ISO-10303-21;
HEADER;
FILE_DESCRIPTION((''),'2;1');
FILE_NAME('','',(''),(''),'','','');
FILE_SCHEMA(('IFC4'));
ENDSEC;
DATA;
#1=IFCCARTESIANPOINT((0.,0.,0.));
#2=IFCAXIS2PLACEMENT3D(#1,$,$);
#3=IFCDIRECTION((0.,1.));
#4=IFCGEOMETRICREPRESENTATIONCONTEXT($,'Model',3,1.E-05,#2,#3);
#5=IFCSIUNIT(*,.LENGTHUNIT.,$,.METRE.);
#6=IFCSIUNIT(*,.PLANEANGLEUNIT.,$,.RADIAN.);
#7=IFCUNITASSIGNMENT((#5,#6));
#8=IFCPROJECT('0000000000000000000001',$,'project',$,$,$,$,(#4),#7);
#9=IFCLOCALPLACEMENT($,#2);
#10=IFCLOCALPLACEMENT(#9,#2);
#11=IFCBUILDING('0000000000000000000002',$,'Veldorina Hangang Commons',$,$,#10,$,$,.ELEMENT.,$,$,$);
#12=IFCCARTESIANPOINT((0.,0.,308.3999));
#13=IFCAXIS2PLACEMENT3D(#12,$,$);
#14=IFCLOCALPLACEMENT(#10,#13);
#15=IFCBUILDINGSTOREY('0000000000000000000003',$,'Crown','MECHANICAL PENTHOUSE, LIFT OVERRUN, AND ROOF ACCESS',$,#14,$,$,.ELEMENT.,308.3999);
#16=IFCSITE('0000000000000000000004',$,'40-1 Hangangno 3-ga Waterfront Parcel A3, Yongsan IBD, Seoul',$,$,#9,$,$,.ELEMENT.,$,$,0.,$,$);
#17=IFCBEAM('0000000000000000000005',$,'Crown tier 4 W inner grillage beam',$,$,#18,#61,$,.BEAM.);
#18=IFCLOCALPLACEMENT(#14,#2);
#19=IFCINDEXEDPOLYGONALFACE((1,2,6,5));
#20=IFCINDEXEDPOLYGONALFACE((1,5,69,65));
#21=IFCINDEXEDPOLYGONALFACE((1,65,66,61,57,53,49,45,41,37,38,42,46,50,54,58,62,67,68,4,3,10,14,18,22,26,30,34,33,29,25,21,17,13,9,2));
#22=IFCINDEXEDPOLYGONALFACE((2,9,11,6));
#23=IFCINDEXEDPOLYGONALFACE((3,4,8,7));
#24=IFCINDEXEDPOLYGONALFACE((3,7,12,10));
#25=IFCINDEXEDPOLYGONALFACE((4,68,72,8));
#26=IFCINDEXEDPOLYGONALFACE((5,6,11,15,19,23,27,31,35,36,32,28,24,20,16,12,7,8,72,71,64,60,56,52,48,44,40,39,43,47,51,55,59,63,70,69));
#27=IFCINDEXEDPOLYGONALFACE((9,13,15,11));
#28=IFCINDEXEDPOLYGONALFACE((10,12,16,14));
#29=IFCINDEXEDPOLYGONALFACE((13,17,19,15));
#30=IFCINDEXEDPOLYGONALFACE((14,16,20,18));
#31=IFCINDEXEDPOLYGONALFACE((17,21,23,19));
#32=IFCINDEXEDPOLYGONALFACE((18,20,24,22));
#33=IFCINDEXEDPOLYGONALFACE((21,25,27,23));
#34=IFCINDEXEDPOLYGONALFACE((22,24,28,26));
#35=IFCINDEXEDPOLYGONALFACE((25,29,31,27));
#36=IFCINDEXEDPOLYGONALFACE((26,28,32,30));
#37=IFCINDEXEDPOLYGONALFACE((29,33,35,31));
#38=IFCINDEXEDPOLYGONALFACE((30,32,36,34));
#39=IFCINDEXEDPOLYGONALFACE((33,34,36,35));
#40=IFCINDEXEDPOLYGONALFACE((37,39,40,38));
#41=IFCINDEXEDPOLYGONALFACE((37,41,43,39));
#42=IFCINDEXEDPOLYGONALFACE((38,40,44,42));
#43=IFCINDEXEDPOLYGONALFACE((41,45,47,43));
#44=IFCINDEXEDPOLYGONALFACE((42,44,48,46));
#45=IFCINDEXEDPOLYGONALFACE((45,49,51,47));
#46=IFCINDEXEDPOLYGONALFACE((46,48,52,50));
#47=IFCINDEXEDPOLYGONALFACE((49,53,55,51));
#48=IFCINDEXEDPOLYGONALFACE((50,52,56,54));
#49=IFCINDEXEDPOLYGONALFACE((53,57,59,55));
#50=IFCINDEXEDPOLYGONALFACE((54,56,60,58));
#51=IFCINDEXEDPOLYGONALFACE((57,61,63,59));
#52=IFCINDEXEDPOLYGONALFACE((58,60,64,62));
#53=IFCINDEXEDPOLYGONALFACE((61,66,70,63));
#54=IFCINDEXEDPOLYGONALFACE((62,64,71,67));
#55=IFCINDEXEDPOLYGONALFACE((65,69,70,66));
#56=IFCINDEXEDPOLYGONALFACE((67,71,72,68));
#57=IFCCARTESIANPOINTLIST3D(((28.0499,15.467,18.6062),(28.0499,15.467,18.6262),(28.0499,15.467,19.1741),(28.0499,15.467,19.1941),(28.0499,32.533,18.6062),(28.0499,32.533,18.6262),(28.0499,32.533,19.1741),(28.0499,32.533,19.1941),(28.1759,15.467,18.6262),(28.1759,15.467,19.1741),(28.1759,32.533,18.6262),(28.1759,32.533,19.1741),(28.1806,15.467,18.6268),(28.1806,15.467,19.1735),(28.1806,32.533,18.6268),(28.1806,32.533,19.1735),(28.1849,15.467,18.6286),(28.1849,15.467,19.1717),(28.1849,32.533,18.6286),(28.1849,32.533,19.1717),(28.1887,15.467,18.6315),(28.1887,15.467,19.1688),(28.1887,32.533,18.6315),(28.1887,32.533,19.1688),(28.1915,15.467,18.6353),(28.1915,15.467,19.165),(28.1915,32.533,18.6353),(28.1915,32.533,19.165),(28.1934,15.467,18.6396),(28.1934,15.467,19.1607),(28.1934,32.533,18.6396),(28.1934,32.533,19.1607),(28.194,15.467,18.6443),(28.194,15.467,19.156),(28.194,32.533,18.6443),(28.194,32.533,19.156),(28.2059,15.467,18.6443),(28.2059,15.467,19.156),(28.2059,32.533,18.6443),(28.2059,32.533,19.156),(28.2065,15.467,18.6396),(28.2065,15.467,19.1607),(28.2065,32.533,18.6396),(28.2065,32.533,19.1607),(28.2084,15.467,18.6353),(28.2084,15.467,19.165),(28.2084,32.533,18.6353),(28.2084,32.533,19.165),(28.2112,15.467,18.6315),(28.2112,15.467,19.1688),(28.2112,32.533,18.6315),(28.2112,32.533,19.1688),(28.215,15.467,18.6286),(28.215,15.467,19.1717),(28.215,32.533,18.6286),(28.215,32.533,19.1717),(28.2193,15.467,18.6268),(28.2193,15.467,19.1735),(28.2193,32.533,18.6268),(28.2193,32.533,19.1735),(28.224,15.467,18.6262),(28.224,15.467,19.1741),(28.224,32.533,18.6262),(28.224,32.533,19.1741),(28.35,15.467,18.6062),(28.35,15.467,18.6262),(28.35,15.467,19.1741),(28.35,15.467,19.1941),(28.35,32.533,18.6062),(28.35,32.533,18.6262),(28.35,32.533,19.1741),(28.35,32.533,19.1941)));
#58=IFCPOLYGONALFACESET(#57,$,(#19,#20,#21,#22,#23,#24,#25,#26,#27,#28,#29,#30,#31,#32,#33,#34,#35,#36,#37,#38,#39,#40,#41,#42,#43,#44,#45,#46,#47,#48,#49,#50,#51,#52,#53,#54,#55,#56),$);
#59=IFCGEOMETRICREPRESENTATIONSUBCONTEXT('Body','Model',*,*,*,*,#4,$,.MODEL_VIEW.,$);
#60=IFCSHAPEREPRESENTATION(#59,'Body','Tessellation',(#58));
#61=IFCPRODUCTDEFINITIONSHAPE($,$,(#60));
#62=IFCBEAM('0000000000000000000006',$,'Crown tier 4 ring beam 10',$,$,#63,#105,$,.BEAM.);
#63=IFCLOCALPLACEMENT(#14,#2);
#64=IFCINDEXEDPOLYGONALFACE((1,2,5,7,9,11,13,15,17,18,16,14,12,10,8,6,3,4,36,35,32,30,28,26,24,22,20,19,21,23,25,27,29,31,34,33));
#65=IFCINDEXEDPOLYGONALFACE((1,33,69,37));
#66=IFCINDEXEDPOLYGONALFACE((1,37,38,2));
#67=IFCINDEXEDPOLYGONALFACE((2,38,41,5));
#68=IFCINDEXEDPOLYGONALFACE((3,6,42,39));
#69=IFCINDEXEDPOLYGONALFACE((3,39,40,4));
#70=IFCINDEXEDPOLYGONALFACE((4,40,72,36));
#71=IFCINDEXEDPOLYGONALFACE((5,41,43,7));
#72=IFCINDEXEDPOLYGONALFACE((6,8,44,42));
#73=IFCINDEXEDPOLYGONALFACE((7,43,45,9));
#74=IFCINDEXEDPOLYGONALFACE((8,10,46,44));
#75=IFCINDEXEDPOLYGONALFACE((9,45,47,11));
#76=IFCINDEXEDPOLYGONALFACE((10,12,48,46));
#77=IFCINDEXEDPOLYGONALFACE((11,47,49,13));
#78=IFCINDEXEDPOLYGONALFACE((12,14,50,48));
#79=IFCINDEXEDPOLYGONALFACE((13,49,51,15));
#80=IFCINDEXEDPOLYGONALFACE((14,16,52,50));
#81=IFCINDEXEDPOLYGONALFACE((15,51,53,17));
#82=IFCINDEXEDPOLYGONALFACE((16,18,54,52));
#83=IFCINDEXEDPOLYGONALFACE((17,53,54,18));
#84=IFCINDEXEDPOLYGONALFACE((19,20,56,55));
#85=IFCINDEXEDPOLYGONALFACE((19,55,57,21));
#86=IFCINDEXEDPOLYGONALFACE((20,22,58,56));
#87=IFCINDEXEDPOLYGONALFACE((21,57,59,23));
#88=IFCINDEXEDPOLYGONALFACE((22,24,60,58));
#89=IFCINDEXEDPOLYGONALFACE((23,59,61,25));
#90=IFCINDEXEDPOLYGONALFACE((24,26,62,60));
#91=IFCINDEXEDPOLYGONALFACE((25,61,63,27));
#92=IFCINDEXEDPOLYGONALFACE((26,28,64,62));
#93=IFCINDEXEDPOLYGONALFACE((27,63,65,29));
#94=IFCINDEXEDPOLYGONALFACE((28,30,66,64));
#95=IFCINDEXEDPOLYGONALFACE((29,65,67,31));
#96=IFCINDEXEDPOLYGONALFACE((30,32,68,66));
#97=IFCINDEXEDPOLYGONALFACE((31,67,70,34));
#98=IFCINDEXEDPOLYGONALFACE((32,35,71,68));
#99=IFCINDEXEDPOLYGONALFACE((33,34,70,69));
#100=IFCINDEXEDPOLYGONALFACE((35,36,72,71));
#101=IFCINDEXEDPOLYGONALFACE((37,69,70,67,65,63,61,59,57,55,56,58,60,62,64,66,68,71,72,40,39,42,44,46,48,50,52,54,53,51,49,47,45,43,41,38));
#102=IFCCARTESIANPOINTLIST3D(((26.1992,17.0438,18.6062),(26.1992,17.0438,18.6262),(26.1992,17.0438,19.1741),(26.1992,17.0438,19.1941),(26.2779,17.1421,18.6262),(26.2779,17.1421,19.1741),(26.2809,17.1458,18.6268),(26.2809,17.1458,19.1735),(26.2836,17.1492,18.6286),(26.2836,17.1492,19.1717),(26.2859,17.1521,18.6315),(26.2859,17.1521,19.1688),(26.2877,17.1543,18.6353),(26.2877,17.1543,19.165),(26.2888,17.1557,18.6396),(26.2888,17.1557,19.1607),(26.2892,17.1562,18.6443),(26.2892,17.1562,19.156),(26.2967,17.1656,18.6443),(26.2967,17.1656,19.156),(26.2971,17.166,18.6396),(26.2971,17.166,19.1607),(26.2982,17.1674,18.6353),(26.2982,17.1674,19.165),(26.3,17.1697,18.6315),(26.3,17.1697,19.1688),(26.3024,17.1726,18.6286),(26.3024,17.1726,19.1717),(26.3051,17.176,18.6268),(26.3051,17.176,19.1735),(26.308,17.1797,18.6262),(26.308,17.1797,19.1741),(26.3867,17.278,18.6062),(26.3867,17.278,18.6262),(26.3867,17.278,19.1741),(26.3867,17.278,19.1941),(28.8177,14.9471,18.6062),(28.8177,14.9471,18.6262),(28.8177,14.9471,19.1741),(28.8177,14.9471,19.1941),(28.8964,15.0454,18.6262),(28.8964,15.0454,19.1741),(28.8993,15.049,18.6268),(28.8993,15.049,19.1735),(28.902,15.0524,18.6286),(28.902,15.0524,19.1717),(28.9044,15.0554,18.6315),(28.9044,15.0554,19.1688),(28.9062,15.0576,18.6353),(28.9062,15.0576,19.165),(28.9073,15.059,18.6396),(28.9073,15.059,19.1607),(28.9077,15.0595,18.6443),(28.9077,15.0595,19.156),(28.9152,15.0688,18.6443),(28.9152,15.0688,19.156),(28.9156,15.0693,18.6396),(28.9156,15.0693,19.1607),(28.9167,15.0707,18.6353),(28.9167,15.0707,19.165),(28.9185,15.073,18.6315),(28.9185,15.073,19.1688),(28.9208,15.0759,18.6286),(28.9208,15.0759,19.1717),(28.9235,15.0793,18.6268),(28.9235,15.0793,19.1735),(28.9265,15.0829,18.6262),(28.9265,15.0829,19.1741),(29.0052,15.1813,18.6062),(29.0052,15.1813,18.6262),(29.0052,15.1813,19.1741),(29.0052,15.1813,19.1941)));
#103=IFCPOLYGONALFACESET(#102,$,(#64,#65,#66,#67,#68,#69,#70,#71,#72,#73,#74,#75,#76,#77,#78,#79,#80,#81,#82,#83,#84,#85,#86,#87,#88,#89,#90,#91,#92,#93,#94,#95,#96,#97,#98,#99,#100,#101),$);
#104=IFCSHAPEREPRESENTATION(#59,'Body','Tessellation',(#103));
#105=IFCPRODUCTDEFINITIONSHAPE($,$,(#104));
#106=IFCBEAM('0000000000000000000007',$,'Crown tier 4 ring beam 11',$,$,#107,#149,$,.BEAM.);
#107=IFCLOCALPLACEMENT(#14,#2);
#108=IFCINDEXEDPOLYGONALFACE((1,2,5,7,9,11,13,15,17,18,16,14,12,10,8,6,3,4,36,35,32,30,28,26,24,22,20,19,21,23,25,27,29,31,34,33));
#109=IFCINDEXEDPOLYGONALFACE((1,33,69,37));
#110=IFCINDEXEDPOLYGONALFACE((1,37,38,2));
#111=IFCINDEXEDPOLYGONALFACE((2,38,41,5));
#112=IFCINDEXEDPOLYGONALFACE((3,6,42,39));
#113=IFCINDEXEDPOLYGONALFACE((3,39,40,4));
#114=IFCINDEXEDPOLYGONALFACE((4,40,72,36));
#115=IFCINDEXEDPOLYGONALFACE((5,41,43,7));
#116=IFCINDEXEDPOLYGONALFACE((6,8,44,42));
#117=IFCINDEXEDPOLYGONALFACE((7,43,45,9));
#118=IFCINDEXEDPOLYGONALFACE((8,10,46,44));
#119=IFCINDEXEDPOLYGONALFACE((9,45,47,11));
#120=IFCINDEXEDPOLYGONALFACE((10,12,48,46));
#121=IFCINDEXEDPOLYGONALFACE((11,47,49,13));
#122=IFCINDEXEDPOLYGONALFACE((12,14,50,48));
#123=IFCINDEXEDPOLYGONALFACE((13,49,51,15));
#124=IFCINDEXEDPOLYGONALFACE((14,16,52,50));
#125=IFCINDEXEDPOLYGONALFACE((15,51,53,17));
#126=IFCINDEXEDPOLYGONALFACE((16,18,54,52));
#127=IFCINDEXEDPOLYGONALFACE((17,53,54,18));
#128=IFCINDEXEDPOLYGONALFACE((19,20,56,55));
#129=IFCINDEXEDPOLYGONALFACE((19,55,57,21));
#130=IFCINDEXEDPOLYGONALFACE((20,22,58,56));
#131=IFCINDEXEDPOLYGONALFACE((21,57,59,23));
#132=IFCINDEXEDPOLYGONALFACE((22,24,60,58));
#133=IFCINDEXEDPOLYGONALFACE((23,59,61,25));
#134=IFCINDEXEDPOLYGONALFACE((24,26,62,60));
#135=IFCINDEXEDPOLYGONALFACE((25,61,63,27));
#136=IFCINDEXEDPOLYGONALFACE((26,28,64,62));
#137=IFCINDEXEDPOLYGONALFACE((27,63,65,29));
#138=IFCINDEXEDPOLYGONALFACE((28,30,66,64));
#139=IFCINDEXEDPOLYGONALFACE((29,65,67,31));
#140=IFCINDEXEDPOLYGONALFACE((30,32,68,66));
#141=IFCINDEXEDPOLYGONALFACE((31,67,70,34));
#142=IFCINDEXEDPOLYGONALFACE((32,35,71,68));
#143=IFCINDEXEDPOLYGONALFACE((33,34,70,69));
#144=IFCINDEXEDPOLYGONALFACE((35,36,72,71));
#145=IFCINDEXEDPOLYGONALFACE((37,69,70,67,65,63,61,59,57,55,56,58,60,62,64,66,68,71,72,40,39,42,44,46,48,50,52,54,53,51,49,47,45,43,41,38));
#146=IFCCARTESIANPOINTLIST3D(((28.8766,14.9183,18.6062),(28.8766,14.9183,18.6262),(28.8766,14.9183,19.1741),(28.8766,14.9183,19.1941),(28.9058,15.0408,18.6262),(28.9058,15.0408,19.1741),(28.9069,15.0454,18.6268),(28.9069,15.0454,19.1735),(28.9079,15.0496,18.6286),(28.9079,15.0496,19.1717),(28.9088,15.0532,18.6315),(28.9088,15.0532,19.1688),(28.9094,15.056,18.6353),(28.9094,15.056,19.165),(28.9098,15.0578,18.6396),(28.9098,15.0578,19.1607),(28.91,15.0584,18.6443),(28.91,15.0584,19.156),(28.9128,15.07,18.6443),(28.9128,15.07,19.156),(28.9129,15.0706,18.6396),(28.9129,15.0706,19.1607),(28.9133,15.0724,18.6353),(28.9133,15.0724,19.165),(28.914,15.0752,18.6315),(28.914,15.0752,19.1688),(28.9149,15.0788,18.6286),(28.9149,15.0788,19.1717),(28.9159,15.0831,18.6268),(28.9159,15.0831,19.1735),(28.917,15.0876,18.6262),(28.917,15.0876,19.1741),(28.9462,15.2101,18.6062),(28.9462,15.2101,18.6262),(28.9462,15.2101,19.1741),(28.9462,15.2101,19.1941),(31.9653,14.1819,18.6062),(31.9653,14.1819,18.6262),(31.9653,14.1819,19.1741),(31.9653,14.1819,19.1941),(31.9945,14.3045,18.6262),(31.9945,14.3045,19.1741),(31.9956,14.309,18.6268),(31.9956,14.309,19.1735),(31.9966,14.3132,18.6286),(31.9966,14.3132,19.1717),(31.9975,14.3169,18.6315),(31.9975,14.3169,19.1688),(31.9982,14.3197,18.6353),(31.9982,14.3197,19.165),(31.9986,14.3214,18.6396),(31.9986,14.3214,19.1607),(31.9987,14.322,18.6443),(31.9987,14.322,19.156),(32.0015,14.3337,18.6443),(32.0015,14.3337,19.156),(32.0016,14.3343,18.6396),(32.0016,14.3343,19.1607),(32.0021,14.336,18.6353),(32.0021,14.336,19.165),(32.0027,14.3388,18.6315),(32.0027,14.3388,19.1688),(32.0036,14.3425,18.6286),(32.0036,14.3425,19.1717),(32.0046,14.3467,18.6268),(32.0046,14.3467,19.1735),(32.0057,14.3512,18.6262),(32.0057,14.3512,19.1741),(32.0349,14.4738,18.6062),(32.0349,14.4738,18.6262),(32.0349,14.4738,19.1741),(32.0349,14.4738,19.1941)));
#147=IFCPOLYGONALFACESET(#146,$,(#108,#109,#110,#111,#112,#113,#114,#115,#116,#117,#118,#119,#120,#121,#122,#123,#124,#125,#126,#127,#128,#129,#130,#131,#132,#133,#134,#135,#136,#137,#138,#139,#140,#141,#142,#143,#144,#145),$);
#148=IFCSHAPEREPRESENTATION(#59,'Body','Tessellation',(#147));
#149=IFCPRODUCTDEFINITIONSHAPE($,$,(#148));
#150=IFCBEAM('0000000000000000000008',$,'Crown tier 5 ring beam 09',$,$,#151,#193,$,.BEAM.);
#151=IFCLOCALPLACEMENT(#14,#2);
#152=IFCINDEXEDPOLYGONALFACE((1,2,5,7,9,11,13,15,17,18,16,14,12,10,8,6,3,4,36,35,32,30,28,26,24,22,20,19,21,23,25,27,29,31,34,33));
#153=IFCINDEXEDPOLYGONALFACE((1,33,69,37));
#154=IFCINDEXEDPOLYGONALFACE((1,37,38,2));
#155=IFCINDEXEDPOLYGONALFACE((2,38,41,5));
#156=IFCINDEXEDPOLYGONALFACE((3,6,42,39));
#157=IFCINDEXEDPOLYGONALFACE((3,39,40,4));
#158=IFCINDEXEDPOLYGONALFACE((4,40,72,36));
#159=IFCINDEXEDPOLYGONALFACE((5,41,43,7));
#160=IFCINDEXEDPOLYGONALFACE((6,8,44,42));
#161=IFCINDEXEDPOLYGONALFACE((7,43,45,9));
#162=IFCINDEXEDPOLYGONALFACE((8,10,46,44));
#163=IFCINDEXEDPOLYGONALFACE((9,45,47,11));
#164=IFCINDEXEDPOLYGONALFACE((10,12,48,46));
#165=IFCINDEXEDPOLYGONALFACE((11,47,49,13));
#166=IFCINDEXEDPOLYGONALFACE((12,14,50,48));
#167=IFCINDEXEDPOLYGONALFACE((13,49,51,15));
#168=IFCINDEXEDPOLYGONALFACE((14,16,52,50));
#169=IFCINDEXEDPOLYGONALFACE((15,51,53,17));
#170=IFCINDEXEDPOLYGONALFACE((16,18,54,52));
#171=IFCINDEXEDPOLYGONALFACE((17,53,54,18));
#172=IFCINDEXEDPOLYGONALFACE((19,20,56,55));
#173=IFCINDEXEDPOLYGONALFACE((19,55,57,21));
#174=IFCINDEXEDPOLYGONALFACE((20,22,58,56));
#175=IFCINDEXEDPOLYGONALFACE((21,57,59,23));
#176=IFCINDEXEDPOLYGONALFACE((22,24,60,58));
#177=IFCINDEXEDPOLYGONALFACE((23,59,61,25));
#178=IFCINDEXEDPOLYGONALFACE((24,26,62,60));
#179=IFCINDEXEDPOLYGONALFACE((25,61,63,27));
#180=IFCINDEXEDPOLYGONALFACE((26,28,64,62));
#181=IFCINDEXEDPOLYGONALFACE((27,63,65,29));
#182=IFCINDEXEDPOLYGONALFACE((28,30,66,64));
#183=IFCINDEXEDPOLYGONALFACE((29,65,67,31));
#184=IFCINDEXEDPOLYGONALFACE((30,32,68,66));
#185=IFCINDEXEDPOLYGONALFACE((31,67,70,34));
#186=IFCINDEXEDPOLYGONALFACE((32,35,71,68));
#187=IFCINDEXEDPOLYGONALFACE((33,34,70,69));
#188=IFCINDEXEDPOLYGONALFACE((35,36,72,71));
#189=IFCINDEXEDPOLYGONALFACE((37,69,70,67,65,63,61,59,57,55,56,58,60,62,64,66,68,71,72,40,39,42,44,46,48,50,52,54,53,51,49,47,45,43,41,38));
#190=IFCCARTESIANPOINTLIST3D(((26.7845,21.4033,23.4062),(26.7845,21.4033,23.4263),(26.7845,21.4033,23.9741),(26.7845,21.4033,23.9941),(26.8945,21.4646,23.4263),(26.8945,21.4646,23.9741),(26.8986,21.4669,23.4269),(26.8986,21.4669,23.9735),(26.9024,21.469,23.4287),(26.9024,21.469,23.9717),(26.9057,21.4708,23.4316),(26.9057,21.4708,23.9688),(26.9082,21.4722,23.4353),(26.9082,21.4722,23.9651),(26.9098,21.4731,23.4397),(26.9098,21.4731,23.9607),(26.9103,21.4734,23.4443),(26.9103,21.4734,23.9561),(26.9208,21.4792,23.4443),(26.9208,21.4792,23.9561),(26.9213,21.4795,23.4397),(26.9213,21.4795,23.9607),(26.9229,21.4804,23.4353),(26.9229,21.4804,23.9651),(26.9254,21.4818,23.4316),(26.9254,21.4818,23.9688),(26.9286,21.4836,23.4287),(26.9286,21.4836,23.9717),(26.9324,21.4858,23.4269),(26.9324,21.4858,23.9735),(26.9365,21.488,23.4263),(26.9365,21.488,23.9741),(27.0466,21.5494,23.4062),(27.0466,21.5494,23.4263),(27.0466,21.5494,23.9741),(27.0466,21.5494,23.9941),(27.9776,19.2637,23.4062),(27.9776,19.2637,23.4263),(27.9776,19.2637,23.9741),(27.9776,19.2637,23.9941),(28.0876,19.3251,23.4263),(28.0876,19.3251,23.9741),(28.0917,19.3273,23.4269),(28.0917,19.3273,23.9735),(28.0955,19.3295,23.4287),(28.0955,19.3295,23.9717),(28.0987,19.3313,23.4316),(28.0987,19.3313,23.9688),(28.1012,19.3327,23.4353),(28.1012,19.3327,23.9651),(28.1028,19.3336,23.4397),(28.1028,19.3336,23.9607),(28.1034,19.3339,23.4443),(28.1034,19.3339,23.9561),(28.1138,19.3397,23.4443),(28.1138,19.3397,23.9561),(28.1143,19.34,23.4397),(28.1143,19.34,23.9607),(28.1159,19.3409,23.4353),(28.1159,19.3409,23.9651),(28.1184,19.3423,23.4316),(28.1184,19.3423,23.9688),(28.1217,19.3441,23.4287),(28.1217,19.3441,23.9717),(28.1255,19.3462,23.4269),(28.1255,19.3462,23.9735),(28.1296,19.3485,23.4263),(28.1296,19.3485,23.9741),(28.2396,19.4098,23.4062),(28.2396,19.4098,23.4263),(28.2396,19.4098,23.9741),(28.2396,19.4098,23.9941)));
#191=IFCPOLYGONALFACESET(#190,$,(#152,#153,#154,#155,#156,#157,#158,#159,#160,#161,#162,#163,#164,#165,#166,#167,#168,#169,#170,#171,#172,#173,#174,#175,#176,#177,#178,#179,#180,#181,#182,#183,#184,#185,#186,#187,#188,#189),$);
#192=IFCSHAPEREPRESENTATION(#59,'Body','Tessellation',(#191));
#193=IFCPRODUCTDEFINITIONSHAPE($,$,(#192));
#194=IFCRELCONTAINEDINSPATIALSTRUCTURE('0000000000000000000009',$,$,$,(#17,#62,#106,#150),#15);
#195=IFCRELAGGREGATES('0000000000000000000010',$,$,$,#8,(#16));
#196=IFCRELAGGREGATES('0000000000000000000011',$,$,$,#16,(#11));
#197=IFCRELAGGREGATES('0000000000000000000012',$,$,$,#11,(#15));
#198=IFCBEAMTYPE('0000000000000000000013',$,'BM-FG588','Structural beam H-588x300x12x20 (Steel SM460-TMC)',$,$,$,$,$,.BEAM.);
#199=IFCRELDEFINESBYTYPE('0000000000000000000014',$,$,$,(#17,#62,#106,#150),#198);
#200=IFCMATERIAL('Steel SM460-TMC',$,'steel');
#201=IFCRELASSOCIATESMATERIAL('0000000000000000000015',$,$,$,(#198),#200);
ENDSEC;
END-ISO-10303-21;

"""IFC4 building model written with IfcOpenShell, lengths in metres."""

from ifc_helpers import new_model, si_unit, direction, frame, origin, origin_2d, place, context, subcontext, project, spatial, i_section, extrude, material, material_profile, profile_set, type_object, element, save


model = new_model("IFC4")

# Units and contexts
model_context = context("Model", 3, precision=1e-05, world=origin(), true_north=direction((0.0, 1.0)))
body_context = subcontext(model_context, "Body", "Model", "MODEL_VIEW")
ifc_project = project(units=[si_unit("LENGTHUNIT", "METRE"), si_unit("PLANEANGLEUNIT", "RADIAN")], contexts=[model_context])

# Site, building, storey
site_placement = place(None, origin())
site = spatial("IfcSite", under=ifc_project, at=site_placement, Name="40-1 Hangangno 3-ga Waterfront Parcel A3, Yongsan IBD, Seoul", CompositionType="ELEMENT", RefElevation=0.0)
building_placement = place(site_placement, origin())
building = spatial("IfcBuilding", under=site, at=building_placement, Name="Veldorina Hangang Commons", CompositionType="ELEMENT")
storey_placement = place(building_placement, frame((0.0, 0.0, 308.3999)))
storey = spatial("IfcBuildingStorey", under=building, at=storey_placement, Name="Crown", Description="MECHANICAL PENTHOUSE, LIFT OVERRUN, AND ROOF ACCESS", CompositionType="ELEMENT", Elevation=308.3999)

# Beams
ifc_material_1 = material(Name="Steel SM460-TMC", Category="steel")
ifc_material_profile_1 = material_profile(ifc_material_1, i_section(OverallWidth=0.3, OverallDepth=0.5879, WebThickness=0.012, FlangeThickness=0.02, FilletRadius=0.0181, at=origin_2d()), Name="H-588x300x12x20")
ifc_profile_set_1 = profile_set([ifc_material_profile_1], Name="Steel SM460-TMC")
beam_type = type_object("IfcBeamType", Name="BM-FG588", Description="Structural beam H-588x300x12x20 (Steel SM460-TMC)", PredefinedType="BEAM", material=ifc_profile_set_1)
beam_1_placement = place(storey_placement, frame((28.2, 15.467, 18.9001), z_axis=(0.0, 1.0, 0.0), x_axis=(-1.0, 0.0, 0.0)))
element("IfcBeam", 1, at=beam_1_placement, inside=storey, type_object=beam_type, Name="Crown tier 4 W inner grillage beam", PredefinedType="BEAM", context=body_context, shape_type="SweptSolid", body=[
    extrude(i_section(OverallWidth=0.3, OverallDepth=0.5879, WebThickness=0.012, FlangeThickness=0.02, FilletRadius=0.0181, at=origin_2d()), origin(), (0.0, 0.0, 1.0), 17.0659),
])
beam_2_placement = place(storey_placement, frame((26.293, 17.1609, 18.9001), z_axis=(0.780585, -0.62505, 0.0), x_axis=(0.62505, 0.780585, 0.0)))
element("IfcBeam", 2, at=beam_2_placement, inside=storey, type_object=beam_type, Name="Crown tier 4 ring beam 10", PredefinedType="BEAM", context=body_context, shape_type="SweptSolid", body=[
    extrude(i_section(OverallWidth=0.3, OverallDepth=0.5879, WebThickness=0.012, FlangeThickness=0.02, FilletRadius=0.0181, at=origin_2d()), origin(), (0.0, 0.0, 1.0), 3.3545),
])
beam_3_placement = place(storey_placement, frame((28.9114, 15.0642, 18.9001), z_axis=(0.972739, -0.231901, 0.0), x_axis=(0.231901, 0.972739, 0.0)))
element("IfcBeam", 3, at=beam_3_placement, inside=storey, type_object=beam_type, Name="Crown tier 4 ring beam 11", PredefinedType="BEAM", context=body_context, shape_type="SweptSolid", body=[
    extrude(i_section(OverallWidth=0.3, OverallDepth=0.5879, WebThickness=0.012, FlangeThickness=0.02, FilletRadius=0.0181, at=origin_2d()), origin(), (0.0, 0.0, 1.0), 3.1753),
])
beam_4_placement = place(storey_placement, frame((26.9155, 21.4763, 23.7002), z_axis=(0.487022, -0.87339, 0.0), x_axis=(0.87339, 0.487022, 0.0)))
element("IfcBeam", 4, at=beam_4_placement, inside=storey, type_object=beam_type, Name="Crown tier 5 ring beam 09", PredefinedType="BEAM", context=body_context, shape_type="SweptSolid", body=[
    extrude(i_section(OverallWidth=0.3, OverallDepth=0.5879, WebThickness=0.012, FlangeThickness=0.02, FilletRadius=0.0181, at=origin_2d()), origin(), (0.0, 0.0, 1.0), 2.4497),
])

save(model, "model.ifc")
